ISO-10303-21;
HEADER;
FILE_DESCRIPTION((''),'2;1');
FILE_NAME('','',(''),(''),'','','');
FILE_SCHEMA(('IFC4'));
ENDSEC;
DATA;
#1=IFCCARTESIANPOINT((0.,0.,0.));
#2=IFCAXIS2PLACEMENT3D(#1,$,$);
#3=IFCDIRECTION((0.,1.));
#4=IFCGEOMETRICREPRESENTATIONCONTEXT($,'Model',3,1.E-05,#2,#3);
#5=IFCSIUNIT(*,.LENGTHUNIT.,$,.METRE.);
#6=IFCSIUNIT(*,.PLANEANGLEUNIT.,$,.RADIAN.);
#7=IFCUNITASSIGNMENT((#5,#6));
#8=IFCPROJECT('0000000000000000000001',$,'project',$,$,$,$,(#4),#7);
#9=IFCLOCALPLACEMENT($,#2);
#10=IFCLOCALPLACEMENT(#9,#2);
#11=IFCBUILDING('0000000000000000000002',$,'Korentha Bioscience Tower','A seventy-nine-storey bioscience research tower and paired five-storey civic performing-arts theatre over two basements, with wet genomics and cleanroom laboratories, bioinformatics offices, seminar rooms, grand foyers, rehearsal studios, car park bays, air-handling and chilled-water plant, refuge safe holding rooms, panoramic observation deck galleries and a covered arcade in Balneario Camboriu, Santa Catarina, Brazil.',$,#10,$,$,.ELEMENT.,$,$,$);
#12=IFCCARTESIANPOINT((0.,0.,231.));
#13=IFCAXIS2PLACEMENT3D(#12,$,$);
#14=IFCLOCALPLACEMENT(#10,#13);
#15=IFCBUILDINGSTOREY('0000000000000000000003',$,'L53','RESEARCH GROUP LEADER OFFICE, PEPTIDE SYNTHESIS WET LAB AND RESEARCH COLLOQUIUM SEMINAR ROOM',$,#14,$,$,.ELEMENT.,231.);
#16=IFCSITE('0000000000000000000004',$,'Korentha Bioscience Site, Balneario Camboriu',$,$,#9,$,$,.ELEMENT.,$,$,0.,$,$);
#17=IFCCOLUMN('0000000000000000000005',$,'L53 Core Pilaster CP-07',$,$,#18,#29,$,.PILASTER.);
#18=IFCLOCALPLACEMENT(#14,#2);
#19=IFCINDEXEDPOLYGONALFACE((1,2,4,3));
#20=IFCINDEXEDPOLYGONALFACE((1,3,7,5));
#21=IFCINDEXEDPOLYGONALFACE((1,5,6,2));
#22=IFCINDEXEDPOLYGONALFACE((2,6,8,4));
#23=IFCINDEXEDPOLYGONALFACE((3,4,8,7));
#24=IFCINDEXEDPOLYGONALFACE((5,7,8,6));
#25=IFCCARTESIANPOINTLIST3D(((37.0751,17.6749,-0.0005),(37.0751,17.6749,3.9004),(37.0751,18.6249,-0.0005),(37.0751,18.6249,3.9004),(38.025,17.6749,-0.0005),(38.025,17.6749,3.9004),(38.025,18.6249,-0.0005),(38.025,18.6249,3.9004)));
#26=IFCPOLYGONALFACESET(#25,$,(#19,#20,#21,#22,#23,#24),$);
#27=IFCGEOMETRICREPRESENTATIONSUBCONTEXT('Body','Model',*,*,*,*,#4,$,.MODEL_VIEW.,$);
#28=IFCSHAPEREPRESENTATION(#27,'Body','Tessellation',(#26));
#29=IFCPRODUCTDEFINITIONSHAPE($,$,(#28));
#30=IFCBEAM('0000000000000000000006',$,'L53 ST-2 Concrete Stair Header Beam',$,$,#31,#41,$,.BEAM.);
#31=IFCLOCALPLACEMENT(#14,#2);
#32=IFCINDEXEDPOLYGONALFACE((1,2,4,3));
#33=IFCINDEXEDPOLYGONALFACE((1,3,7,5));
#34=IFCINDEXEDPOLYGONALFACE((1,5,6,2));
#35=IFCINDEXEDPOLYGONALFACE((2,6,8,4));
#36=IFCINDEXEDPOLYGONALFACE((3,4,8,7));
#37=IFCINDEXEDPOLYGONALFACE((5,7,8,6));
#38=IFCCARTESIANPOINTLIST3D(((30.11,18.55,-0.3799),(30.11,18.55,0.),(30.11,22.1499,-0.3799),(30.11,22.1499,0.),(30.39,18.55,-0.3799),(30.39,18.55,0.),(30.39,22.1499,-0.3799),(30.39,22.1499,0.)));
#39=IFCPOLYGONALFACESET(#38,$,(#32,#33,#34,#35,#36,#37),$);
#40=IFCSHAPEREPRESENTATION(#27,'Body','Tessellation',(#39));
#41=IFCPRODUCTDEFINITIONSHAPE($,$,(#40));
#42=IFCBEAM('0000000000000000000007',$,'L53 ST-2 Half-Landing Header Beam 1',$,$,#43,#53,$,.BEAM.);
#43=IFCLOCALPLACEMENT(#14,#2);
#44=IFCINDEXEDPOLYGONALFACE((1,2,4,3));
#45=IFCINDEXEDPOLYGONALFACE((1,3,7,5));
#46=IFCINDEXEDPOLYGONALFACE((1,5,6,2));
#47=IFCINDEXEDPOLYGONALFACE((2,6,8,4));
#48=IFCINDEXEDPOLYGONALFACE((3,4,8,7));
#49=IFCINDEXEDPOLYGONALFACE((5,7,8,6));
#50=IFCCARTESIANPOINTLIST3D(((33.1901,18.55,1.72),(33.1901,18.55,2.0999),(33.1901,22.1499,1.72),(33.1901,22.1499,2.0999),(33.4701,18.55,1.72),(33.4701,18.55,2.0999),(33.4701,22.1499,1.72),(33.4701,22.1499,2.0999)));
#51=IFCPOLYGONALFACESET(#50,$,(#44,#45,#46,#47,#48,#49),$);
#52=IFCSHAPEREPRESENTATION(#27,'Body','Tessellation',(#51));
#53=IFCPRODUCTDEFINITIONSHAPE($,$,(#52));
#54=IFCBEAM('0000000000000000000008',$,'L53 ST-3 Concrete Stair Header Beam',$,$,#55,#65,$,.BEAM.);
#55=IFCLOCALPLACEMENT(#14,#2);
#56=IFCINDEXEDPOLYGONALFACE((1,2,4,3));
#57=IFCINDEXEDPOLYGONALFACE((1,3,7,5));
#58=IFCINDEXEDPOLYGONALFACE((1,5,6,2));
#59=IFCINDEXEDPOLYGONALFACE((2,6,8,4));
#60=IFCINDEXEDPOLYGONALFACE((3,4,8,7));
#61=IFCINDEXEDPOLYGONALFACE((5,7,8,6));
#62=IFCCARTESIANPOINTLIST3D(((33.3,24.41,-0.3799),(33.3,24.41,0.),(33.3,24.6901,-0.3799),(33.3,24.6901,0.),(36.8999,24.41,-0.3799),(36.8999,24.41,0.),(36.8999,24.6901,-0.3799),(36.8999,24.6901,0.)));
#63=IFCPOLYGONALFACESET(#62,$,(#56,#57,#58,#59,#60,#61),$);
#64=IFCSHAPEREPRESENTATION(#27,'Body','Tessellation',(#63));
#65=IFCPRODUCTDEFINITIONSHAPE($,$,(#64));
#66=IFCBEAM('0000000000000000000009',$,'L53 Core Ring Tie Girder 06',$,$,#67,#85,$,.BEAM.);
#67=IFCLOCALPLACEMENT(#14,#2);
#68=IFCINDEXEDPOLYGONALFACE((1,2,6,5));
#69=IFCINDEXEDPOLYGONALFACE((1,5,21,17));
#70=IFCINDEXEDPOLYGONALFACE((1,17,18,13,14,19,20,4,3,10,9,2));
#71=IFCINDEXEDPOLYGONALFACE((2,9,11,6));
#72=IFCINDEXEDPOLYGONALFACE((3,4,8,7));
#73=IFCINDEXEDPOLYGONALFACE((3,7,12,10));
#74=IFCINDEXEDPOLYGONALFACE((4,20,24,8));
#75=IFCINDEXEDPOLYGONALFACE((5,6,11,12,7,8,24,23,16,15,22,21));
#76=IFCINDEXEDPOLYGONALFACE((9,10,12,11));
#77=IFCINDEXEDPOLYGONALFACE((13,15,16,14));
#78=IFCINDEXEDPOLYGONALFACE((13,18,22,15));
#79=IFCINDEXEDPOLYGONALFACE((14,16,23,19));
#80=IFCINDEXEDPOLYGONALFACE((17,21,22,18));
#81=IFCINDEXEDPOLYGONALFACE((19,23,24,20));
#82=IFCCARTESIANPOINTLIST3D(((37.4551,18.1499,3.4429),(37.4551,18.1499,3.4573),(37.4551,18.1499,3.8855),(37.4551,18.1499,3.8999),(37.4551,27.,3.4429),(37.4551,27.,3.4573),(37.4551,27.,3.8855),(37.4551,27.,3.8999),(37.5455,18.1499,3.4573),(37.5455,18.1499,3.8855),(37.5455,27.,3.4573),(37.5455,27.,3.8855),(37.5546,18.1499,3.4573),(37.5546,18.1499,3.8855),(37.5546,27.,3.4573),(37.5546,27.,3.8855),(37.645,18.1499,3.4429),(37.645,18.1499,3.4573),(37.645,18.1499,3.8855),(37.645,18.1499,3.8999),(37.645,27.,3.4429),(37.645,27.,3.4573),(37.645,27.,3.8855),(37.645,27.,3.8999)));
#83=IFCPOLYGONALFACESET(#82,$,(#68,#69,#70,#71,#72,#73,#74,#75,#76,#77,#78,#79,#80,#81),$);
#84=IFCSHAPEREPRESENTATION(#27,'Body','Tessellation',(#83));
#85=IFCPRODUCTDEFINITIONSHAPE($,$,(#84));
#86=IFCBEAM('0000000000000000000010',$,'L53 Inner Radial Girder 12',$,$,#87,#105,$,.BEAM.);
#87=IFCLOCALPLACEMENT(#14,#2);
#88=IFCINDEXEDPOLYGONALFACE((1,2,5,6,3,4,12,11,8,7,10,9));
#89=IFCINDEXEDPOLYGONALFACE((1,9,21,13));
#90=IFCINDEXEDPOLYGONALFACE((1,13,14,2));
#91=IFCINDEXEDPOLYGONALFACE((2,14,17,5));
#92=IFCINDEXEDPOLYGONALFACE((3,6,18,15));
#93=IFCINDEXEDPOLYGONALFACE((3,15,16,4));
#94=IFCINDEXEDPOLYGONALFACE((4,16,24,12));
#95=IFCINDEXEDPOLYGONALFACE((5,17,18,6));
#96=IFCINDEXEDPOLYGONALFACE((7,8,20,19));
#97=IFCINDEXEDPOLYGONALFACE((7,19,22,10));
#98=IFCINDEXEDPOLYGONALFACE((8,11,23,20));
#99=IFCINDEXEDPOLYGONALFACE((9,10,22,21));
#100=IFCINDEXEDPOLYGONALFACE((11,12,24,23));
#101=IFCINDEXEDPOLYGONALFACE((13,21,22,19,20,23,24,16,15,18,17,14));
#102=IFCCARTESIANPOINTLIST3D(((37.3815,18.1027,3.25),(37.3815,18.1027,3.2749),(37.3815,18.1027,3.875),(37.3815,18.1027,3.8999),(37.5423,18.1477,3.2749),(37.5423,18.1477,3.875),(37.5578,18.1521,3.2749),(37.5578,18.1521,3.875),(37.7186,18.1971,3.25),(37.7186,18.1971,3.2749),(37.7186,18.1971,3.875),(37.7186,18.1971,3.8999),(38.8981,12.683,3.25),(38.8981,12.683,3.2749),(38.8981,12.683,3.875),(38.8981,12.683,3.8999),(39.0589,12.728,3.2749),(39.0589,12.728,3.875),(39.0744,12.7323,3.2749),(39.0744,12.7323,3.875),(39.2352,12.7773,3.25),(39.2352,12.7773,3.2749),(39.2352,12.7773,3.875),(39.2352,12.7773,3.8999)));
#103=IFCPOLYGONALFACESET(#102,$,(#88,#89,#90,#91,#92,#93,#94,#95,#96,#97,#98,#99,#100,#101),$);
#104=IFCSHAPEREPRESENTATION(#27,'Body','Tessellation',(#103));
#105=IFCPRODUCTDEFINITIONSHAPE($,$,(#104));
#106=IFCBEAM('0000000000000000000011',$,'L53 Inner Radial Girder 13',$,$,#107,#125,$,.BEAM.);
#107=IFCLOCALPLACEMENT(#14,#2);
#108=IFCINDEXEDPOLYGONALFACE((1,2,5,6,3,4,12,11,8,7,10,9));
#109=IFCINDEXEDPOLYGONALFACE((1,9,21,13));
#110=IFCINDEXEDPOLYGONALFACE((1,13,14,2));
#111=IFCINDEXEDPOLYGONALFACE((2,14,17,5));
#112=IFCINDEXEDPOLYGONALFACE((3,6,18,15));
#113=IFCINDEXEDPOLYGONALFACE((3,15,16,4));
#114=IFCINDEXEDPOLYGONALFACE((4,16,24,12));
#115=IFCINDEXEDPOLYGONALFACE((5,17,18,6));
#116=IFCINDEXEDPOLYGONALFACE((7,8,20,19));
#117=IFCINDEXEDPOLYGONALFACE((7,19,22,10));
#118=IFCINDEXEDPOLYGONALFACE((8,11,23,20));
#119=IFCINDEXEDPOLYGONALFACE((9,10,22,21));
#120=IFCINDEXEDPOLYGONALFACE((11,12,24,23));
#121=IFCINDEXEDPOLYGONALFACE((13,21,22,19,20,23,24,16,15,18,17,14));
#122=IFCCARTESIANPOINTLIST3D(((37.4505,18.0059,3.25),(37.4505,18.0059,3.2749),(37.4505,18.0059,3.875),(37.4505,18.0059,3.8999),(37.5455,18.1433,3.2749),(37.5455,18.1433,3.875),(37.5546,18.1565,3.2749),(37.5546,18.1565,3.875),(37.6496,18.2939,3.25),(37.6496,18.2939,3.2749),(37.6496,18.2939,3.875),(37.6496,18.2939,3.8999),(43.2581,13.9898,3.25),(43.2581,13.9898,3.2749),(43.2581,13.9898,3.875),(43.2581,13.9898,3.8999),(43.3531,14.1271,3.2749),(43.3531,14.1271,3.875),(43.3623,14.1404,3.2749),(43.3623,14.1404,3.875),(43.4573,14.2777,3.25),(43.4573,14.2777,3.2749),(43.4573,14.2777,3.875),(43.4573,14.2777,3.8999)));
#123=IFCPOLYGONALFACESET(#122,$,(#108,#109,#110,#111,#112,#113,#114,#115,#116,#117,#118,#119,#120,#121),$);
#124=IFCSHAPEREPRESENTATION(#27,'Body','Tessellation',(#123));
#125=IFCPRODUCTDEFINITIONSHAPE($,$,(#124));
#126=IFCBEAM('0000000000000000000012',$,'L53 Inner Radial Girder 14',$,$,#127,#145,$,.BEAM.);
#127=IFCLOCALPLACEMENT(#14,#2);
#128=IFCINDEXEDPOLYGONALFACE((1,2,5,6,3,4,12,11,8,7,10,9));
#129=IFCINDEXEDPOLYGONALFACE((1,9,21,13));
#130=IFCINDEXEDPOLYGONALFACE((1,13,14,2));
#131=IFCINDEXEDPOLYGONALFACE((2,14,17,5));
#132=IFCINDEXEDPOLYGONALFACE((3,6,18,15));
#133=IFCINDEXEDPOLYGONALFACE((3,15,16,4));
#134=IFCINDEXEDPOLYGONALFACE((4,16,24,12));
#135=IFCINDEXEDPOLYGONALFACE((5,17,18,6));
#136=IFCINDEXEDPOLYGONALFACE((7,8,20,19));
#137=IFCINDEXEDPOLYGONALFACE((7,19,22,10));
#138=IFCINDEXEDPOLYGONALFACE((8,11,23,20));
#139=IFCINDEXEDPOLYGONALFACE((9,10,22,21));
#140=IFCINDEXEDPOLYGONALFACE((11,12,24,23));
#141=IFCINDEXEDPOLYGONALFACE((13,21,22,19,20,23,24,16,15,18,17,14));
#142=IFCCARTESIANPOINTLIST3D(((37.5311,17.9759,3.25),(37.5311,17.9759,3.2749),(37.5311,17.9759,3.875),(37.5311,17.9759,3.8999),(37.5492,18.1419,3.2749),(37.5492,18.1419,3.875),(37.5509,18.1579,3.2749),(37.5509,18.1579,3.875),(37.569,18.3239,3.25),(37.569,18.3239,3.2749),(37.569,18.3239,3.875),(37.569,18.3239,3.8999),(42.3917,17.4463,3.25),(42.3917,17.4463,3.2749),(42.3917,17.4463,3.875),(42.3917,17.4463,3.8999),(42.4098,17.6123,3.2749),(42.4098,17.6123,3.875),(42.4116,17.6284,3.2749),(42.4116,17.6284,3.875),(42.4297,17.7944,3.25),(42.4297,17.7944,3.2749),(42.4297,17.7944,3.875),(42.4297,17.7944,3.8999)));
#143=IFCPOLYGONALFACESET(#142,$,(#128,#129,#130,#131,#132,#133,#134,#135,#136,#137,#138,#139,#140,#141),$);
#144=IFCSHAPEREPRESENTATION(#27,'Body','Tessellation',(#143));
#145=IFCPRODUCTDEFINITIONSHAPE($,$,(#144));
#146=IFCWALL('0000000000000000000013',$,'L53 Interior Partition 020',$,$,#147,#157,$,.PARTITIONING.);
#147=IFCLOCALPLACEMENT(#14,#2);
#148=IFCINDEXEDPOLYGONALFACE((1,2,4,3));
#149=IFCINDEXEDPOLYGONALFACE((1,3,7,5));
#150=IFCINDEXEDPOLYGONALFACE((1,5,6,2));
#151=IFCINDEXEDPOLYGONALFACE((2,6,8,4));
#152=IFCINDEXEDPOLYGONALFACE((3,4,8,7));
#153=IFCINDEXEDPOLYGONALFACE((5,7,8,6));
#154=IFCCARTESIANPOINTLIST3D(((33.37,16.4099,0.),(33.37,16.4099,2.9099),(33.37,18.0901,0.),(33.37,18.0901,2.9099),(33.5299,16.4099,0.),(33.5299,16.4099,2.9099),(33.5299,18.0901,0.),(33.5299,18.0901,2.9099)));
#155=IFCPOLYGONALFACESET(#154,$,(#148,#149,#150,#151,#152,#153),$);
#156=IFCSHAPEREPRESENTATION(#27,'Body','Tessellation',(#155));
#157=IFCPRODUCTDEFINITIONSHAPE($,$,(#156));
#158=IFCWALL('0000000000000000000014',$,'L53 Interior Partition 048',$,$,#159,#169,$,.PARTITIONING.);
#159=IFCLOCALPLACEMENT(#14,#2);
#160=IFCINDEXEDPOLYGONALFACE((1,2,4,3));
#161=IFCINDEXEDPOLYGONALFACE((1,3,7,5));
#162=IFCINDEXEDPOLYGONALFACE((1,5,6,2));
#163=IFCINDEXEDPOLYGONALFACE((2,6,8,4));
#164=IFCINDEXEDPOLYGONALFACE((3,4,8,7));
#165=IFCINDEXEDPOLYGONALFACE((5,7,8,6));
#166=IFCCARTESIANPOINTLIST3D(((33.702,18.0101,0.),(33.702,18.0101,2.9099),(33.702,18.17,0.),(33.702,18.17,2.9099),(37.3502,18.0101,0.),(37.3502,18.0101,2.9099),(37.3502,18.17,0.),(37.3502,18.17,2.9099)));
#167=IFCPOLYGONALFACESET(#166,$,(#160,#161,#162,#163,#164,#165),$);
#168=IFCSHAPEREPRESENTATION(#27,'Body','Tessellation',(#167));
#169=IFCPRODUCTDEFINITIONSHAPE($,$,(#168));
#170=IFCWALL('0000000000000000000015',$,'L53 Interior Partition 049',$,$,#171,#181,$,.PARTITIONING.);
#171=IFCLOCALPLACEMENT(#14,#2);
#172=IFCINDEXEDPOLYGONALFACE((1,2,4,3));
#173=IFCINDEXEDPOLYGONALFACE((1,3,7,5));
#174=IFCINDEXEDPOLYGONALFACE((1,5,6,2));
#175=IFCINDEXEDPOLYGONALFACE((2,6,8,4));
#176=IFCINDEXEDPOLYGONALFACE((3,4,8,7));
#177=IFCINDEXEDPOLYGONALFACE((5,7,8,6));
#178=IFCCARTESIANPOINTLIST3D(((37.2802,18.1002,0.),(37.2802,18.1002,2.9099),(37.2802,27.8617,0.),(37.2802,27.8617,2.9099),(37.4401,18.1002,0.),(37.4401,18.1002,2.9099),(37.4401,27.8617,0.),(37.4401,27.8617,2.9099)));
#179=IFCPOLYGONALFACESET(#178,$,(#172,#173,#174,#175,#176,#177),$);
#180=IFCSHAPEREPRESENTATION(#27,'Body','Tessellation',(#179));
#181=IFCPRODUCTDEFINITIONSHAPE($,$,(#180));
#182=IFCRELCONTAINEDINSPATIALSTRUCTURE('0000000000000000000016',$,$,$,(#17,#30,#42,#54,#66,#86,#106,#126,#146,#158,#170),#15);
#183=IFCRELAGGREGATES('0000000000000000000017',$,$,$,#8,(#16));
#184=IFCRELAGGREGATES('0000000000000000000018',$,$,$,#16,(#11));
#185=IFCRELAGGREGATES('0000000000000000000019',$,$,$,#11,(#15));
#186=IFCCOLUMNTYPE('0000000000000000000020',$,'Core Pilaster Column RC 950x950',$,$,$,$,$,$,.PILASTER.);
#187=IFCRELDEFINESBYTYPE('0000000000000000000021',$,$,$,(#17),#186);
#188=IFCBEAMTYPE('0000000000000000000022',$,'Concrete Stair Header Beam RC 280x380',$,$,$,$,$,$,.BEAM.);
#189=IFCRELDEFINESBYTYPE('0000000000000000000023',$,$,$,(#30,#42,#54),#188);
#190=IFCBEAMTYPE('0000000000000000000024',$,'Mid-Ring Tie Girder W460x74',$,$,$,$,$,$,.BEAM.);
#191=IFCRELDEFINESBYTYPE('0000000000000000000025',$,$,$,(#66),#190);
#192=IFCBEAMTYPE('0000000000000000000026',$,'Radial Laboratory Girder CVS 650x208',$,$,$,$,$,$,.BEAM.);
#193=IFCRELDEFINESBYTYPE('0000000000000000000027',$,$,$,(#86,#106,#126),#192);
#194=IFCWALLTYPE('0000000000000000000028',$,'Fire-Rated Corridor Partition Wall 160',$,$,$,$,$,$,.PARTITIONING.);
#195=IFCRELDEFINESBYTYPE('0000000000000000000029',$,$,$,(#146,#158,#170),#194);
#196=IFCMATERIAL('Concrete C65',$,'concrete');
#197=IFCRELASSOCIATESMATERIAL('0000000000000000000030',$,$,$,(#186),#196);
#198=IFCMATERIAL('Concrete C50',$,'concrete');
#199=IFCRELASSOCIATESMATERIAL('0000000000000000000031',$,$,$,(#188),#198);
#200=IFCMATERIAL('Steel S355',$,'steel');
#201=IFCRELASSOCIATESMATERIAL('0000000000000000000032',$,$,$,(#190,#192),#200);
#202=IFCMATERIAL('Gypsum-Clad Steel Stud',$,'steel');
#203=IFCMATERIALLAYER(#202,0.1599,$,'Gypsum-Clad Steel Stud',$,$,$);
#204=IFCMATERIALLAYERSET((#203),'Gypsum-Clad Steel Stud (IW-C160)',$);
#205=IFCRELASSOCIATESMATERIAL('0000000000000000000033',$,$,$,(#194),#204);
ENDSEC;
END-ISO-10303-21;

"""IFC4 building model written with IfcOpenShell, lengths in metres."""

from ifc_helpers import new_model, si_unit, direction, frame, frame_2d, origin, origin_2d, place, context, subcontext, project, spatial, rectangle, i_section, extrude, material, layer, layer_set, material_profile, profile_set, type_object, element, save


model = new_model("IFC4")

# Units and contexts
model_context = context("Model", 3, precision=1e-05, world=origin(), true_north=direction((0.0, 1.0)))
body_context = subcontext(model_context, "Body", "Model", "MODEL_VIEW")
ifc_project = project(units=[si_unit("LENGTHUNIT", "METRE"), si_unit("PLANEANGLEUNIT", "RADIAN")], contexts=[model_context])

# Site, building, storey
site_placement = place(None, origin())
site = spatial("IfcSite", under=ifc_project, at=site_placement, Name="Korentha Bioscience Site, Balneario Camboriu", CompositionType="ELEMENT", RefElevation=0.0)
building_placement = place(site_placement, origin())
building = spatial("IfcBuilding", under=site, at=building_placement, Name="Korentha Bioscience Tower", Description="A seventy-nine-storey bioscience research tower and paired five-storey civic performing-arts theatre over two basements, with wet genomics and cleanroom laboratories, bioinformatics offices, seminar rooms, grand foyers, rehearsal studios, car park bays, air-handling and chilled-water plant, refuge safe holding rooms, panoramic observation deck galleries and a covered arcade in Balneario Camboriu, Santa Catarina, Brazil.", CompositionType="ELEMENT")
storey_placement = place(building_placement, frame((0.0, 0.0, 231.0)))
storey = spatial("IfcBuildingStorey", under=building, at=storey_placement, Name="L53", Description="RESEARCH GROUP LEADER OFFICE, PEPTIDE SYNTHESIS WET LAB AND RESEARCH COLLOQUIUM SEMINAR ROOM", CompositionType="ELEMENT", Elevation=231.0)

# Column
ifc_material_1 = material(Name="Concrete C65", Category="concrete")
ifc_material_profile_1 = material_profile(ifc_material_1, rectangle(XDim=0.95, YDim=0.95, at=origin_2d()), Name="Concrete C65")
ifc_profile_set_1 = profile_set([ifc_material_profile_1], Name="Concrete C65 (COL-CP09)")
column_type = type_object("IfcColumnType", Name="Core Pilaster Column RC 950x950", PredefinedType="PILASTER", material=ifc_profile_set_1)
column_placement = place(storey_placement, frame((37.55, 18.1499, -0.0005), z_axis=(0.0, 0.0, 1.0), x_axis=(1.0, 0.0, 0.0)))
element("IfcColumn", 1, at=column_placement, inside=storey, type_object=column_type, Name="L53 Core Pilaster CP-07", PredefinedType="PILASTER", context=body_context, shape_type="SweptSolid", body=[
    extrude(rectangle(XDim=0.95, YDim=0.95, at=origin_2d()), origin(), (0.0, 0.0, 1.0), 3.9009),
])

# Beams
ifc_material_2 = material(Name="Concrete C50", Category="concrete")
ifc_material_profile_2 = material_profile(ifc_material_2, rectangle(XDim=0.28, YDim=0.3799, at=origin_2d()), Name="Concrete C50")
ifc_profile_set_2 = profile_set([ifc_material_profile_2], Name="Concrete C50 (ST-HB380)")
beam_type_1 = type_object("IfcBeamType", Name="Concrete Stair Header Beam RC 280x380", PredefinedType="BEAM", material=ifc_profile_set_2)
for number, where, z_axis, x_axis, name in (
    (2, (30.25, 18.55, -0.1899), (0.0, 1.0, 0.0), (-1.0, 0.0, 0.0), "L53 ST-2 Concrete Stair Header Beam"),
    (3, (33.3301, 18.55, 1.9099), (0.0, 1.0, 0.0), (-1.0, 0.0, 0.0), "L53 ST-2 Half-Landing Header Beam 1"),
    (4, (36.8999, 24.55, -0.1899), (-1.0, 0.0, 0.0), (0.0, -1.0, 0.0), "L53 ST-3 Concrete Stair Header Beam"),
):
    element("IfcBeam", number, at=place(storey_placement, frame(where, z_axis=z_axis, x_axis=x_axis)), inside=storey, type_object=beam_type_1, Name=name, PredefinedType="BEAM", context=body_context, shape_type="SweptSolid", body=[
        extrude(rectangle(XDim=0.28, YDim=0.3799, at=origin_2d()), origin(), (0.0, 0.0, 1.0), 3.5999),
    ])
ifc_material_3 = material(Name="Steel S355", Category="steel")
ifc_material_profile_3 = material_profile(ifc_material_3, i_section(OverallWidth=0.1899, OverallDepth=0.457, WebThickness=0.009, FlangeThickness=0.0144, at=origin_2d()), Name="Steel S355")
ifc_profile_set_3 = profile_set([ifc_material_profile_3], Name="Steel S355 (MB-460)")
beam_type_2 = type_object("IfcBeamType", Name="Mid-Ring Tie Girder W460x74", PredefinedType="BEAM", material=ifc_profile_set_3)
beam_1_placement = place(storey_placement, frame((37.55, 18.1499, 3.6714), z_axis=(0.0, 1.0, 0.0), x_axis=(-1.0, 0.0, 0.0)))
element("IfcBeam", 5, at=beam_1_placement, inside=storey, type_object=beam_type_2, Name="L53 Core Ring Tie Girder 06", PredefinedType="BEAM", context=body_context, shape_type="SweptSolid", body=[
    extrude(i_section(OverallWidth=0.1899, OverallDepth=0.457, WebThickness=0.009, FlangeThickness=0.0144, at=origin_2d()), origin(), (0.0, 0.0, 1.0), 8.8501),
])
ifc_material_profile_4 = material_profile(ifc_material_3, i_section(OverallWidth=0.3501, OverallDepth=0.6499, WebThickness=0.0161, FlangeThickness=0.0249, at=origin_2d()), Name="Steel S355")
ifc_profile_set_4 = profile_set([ifc_material_profile_4], Name="Steel S355 (RB-650)")
beam_type_3 = type_object("IfcBeamType", Name="Radial Laboratory Girder CVS 650x208", PredefinedType="BEAM", material=ifc_profile_set_4)
beam_2_placement = place(storey_placement, frame((37.55, 18.1499, 3.575), z_axis=(0.26948, -0.963006, 0.0), x_axis=(0.963006, 0.26948, 0.0)))
element("IfcBeam", 6, at=beam_2_placement, inside=storey, type_object=beam_type_3, Name="L53 Inner Radial Girder 12", PredefinedType="BEAM", context=body_context, shape_type="SweptSolid", body=[
    extrude(i_section(OverallWidth=0.3501, OverallDepth=0.6499, WebThickness=0.0161, FlangeThickness=0.0249, at=origin_2d()), origin(), (0.0, 0.0, 1.0), 5.6279),
])
beam_3_placement = place(storey_placement, frame((37.55, 18.1499, 3.575), z_axis=(0.822493, -0.568775, 0.0), x_axis=(0.568775, 0.822493, 0.0)))
element("IfcBeam", 7, at=beam_3_placement, inside=storey, type_object=beam_type_3, Name="L53 Inner Radial Girder 13", PredefinedType="BEAM", context=body_context, shape_type="SweptSolid", body=[
    extrude(i_section(OverallWidth=0.3501, OverallDepth=0.6499, WebThickness=0.0161, FlangeThickness=0.0249, at=origin_2d()), origin(), (0.0, 0.0, 1.0), 7.061),
])
beam_4_placement = place(storey_placement, frame((37.55, 18.1499, 3.575), z_axis=(0.994118, -0.108305, 0.0), x_axis=(0.108305, 0.994118, 0.0)))
element("IfcBeam", 8, at=beam_4_placement, inside=storey, type_object=beam_type_3, Name="L53 Inner Radial Girder 14", PredefinedType="BEAM", context=body_context, shape_type="SweptSolid", body=[
    extrude(i_section(OverallWidth=0.3501, OverallDepth=0.6499, WebThickness=0.0161, FlangeThickness=0.0249, at=origin_2d()), origin(), (0.0, 0.0, 1.0), 4.8894),
])

# Walls
ifc_material_4 = material(Name="Gypsum-Clad Steel Stud", Category="steel")
ifc_layer_1 = layer(ifc_material_4, 0.1599, Name="Gypsum-Clad Steel Stud")
ifc_layer_set_1 = layer_set([ifc_layer_1], Name="Gypsum-Clad Steel Stud (IW-C160)")
wall_type_1 = type_object("IfcWallType", Name="Fire-Rated Corridor Partition Wall 160", PredefinedType="PARTITIONING", material=ifc_layer_set_1)
wall_1_placement = place(storey_placement, frame((33.45, 18.0901, 0.0), z_axis=(0.0, 0.0, 1.0), x_axis=(0.0, -1.0, 0.0)))
element("IfcWall", 9, at=wall_1_placement, inside=storey, type_object=wall_type_1, Name="L53 Interior Partition 020", PredefinedType="PARTITIONING", context=body_context, shape_type="SweptSolid", body=[
    extrude(rectangle(XDim=1.6802, YDim=0.1599, at=frame_2d((0.8401, 0.0))), origin(), (0.0, 0.0, 1.0), 2.9099),
])
wall_2_placement = place(storey_placement, frame((33.7019, 18.0901, 0.0), z_axis=(0.0, 0.0, 1.0), x_axis=(1.0, 0.0, 0.0)))
element("IfcWall", 10, at=wall_2_placement, inside=storey, type_object=wall_type_1, Name="L53 Interior Partition 048", PredefinedType="PARTITIONING", context=body_context, shape_type="SweptSolid", body=[
    extrude(rectangle(XDim=3.6482, YDim=0.1599, at=frame_2d((1.8242, 0.0))), origin(), (0.0, 0.0, 1.0), 2.9099),
])
wall_3_placement = place(storey_placement, frame((37.3601, 18.1001, 0.0), z_axis=(0.0, 0.0, 1.0), x_axis=(0.0, 1.0, 0.0)))
element("IfcWall", 11, at=wall_3_placement, inside=storey, type_object=wall_type_1, Name="L53 Interior Partition 049", PredefinedType="PARTITIONING", context=body_context, shape_type="SweptSolid", body=[
    extrude(rectangle(XDim=9.7615, YDim=0.1599, at=frame_2d((4.8809, 0.0))), origin(), (0.0, 0.0, 1.0), 2.9099),
])

save(model, "model.ifc")
